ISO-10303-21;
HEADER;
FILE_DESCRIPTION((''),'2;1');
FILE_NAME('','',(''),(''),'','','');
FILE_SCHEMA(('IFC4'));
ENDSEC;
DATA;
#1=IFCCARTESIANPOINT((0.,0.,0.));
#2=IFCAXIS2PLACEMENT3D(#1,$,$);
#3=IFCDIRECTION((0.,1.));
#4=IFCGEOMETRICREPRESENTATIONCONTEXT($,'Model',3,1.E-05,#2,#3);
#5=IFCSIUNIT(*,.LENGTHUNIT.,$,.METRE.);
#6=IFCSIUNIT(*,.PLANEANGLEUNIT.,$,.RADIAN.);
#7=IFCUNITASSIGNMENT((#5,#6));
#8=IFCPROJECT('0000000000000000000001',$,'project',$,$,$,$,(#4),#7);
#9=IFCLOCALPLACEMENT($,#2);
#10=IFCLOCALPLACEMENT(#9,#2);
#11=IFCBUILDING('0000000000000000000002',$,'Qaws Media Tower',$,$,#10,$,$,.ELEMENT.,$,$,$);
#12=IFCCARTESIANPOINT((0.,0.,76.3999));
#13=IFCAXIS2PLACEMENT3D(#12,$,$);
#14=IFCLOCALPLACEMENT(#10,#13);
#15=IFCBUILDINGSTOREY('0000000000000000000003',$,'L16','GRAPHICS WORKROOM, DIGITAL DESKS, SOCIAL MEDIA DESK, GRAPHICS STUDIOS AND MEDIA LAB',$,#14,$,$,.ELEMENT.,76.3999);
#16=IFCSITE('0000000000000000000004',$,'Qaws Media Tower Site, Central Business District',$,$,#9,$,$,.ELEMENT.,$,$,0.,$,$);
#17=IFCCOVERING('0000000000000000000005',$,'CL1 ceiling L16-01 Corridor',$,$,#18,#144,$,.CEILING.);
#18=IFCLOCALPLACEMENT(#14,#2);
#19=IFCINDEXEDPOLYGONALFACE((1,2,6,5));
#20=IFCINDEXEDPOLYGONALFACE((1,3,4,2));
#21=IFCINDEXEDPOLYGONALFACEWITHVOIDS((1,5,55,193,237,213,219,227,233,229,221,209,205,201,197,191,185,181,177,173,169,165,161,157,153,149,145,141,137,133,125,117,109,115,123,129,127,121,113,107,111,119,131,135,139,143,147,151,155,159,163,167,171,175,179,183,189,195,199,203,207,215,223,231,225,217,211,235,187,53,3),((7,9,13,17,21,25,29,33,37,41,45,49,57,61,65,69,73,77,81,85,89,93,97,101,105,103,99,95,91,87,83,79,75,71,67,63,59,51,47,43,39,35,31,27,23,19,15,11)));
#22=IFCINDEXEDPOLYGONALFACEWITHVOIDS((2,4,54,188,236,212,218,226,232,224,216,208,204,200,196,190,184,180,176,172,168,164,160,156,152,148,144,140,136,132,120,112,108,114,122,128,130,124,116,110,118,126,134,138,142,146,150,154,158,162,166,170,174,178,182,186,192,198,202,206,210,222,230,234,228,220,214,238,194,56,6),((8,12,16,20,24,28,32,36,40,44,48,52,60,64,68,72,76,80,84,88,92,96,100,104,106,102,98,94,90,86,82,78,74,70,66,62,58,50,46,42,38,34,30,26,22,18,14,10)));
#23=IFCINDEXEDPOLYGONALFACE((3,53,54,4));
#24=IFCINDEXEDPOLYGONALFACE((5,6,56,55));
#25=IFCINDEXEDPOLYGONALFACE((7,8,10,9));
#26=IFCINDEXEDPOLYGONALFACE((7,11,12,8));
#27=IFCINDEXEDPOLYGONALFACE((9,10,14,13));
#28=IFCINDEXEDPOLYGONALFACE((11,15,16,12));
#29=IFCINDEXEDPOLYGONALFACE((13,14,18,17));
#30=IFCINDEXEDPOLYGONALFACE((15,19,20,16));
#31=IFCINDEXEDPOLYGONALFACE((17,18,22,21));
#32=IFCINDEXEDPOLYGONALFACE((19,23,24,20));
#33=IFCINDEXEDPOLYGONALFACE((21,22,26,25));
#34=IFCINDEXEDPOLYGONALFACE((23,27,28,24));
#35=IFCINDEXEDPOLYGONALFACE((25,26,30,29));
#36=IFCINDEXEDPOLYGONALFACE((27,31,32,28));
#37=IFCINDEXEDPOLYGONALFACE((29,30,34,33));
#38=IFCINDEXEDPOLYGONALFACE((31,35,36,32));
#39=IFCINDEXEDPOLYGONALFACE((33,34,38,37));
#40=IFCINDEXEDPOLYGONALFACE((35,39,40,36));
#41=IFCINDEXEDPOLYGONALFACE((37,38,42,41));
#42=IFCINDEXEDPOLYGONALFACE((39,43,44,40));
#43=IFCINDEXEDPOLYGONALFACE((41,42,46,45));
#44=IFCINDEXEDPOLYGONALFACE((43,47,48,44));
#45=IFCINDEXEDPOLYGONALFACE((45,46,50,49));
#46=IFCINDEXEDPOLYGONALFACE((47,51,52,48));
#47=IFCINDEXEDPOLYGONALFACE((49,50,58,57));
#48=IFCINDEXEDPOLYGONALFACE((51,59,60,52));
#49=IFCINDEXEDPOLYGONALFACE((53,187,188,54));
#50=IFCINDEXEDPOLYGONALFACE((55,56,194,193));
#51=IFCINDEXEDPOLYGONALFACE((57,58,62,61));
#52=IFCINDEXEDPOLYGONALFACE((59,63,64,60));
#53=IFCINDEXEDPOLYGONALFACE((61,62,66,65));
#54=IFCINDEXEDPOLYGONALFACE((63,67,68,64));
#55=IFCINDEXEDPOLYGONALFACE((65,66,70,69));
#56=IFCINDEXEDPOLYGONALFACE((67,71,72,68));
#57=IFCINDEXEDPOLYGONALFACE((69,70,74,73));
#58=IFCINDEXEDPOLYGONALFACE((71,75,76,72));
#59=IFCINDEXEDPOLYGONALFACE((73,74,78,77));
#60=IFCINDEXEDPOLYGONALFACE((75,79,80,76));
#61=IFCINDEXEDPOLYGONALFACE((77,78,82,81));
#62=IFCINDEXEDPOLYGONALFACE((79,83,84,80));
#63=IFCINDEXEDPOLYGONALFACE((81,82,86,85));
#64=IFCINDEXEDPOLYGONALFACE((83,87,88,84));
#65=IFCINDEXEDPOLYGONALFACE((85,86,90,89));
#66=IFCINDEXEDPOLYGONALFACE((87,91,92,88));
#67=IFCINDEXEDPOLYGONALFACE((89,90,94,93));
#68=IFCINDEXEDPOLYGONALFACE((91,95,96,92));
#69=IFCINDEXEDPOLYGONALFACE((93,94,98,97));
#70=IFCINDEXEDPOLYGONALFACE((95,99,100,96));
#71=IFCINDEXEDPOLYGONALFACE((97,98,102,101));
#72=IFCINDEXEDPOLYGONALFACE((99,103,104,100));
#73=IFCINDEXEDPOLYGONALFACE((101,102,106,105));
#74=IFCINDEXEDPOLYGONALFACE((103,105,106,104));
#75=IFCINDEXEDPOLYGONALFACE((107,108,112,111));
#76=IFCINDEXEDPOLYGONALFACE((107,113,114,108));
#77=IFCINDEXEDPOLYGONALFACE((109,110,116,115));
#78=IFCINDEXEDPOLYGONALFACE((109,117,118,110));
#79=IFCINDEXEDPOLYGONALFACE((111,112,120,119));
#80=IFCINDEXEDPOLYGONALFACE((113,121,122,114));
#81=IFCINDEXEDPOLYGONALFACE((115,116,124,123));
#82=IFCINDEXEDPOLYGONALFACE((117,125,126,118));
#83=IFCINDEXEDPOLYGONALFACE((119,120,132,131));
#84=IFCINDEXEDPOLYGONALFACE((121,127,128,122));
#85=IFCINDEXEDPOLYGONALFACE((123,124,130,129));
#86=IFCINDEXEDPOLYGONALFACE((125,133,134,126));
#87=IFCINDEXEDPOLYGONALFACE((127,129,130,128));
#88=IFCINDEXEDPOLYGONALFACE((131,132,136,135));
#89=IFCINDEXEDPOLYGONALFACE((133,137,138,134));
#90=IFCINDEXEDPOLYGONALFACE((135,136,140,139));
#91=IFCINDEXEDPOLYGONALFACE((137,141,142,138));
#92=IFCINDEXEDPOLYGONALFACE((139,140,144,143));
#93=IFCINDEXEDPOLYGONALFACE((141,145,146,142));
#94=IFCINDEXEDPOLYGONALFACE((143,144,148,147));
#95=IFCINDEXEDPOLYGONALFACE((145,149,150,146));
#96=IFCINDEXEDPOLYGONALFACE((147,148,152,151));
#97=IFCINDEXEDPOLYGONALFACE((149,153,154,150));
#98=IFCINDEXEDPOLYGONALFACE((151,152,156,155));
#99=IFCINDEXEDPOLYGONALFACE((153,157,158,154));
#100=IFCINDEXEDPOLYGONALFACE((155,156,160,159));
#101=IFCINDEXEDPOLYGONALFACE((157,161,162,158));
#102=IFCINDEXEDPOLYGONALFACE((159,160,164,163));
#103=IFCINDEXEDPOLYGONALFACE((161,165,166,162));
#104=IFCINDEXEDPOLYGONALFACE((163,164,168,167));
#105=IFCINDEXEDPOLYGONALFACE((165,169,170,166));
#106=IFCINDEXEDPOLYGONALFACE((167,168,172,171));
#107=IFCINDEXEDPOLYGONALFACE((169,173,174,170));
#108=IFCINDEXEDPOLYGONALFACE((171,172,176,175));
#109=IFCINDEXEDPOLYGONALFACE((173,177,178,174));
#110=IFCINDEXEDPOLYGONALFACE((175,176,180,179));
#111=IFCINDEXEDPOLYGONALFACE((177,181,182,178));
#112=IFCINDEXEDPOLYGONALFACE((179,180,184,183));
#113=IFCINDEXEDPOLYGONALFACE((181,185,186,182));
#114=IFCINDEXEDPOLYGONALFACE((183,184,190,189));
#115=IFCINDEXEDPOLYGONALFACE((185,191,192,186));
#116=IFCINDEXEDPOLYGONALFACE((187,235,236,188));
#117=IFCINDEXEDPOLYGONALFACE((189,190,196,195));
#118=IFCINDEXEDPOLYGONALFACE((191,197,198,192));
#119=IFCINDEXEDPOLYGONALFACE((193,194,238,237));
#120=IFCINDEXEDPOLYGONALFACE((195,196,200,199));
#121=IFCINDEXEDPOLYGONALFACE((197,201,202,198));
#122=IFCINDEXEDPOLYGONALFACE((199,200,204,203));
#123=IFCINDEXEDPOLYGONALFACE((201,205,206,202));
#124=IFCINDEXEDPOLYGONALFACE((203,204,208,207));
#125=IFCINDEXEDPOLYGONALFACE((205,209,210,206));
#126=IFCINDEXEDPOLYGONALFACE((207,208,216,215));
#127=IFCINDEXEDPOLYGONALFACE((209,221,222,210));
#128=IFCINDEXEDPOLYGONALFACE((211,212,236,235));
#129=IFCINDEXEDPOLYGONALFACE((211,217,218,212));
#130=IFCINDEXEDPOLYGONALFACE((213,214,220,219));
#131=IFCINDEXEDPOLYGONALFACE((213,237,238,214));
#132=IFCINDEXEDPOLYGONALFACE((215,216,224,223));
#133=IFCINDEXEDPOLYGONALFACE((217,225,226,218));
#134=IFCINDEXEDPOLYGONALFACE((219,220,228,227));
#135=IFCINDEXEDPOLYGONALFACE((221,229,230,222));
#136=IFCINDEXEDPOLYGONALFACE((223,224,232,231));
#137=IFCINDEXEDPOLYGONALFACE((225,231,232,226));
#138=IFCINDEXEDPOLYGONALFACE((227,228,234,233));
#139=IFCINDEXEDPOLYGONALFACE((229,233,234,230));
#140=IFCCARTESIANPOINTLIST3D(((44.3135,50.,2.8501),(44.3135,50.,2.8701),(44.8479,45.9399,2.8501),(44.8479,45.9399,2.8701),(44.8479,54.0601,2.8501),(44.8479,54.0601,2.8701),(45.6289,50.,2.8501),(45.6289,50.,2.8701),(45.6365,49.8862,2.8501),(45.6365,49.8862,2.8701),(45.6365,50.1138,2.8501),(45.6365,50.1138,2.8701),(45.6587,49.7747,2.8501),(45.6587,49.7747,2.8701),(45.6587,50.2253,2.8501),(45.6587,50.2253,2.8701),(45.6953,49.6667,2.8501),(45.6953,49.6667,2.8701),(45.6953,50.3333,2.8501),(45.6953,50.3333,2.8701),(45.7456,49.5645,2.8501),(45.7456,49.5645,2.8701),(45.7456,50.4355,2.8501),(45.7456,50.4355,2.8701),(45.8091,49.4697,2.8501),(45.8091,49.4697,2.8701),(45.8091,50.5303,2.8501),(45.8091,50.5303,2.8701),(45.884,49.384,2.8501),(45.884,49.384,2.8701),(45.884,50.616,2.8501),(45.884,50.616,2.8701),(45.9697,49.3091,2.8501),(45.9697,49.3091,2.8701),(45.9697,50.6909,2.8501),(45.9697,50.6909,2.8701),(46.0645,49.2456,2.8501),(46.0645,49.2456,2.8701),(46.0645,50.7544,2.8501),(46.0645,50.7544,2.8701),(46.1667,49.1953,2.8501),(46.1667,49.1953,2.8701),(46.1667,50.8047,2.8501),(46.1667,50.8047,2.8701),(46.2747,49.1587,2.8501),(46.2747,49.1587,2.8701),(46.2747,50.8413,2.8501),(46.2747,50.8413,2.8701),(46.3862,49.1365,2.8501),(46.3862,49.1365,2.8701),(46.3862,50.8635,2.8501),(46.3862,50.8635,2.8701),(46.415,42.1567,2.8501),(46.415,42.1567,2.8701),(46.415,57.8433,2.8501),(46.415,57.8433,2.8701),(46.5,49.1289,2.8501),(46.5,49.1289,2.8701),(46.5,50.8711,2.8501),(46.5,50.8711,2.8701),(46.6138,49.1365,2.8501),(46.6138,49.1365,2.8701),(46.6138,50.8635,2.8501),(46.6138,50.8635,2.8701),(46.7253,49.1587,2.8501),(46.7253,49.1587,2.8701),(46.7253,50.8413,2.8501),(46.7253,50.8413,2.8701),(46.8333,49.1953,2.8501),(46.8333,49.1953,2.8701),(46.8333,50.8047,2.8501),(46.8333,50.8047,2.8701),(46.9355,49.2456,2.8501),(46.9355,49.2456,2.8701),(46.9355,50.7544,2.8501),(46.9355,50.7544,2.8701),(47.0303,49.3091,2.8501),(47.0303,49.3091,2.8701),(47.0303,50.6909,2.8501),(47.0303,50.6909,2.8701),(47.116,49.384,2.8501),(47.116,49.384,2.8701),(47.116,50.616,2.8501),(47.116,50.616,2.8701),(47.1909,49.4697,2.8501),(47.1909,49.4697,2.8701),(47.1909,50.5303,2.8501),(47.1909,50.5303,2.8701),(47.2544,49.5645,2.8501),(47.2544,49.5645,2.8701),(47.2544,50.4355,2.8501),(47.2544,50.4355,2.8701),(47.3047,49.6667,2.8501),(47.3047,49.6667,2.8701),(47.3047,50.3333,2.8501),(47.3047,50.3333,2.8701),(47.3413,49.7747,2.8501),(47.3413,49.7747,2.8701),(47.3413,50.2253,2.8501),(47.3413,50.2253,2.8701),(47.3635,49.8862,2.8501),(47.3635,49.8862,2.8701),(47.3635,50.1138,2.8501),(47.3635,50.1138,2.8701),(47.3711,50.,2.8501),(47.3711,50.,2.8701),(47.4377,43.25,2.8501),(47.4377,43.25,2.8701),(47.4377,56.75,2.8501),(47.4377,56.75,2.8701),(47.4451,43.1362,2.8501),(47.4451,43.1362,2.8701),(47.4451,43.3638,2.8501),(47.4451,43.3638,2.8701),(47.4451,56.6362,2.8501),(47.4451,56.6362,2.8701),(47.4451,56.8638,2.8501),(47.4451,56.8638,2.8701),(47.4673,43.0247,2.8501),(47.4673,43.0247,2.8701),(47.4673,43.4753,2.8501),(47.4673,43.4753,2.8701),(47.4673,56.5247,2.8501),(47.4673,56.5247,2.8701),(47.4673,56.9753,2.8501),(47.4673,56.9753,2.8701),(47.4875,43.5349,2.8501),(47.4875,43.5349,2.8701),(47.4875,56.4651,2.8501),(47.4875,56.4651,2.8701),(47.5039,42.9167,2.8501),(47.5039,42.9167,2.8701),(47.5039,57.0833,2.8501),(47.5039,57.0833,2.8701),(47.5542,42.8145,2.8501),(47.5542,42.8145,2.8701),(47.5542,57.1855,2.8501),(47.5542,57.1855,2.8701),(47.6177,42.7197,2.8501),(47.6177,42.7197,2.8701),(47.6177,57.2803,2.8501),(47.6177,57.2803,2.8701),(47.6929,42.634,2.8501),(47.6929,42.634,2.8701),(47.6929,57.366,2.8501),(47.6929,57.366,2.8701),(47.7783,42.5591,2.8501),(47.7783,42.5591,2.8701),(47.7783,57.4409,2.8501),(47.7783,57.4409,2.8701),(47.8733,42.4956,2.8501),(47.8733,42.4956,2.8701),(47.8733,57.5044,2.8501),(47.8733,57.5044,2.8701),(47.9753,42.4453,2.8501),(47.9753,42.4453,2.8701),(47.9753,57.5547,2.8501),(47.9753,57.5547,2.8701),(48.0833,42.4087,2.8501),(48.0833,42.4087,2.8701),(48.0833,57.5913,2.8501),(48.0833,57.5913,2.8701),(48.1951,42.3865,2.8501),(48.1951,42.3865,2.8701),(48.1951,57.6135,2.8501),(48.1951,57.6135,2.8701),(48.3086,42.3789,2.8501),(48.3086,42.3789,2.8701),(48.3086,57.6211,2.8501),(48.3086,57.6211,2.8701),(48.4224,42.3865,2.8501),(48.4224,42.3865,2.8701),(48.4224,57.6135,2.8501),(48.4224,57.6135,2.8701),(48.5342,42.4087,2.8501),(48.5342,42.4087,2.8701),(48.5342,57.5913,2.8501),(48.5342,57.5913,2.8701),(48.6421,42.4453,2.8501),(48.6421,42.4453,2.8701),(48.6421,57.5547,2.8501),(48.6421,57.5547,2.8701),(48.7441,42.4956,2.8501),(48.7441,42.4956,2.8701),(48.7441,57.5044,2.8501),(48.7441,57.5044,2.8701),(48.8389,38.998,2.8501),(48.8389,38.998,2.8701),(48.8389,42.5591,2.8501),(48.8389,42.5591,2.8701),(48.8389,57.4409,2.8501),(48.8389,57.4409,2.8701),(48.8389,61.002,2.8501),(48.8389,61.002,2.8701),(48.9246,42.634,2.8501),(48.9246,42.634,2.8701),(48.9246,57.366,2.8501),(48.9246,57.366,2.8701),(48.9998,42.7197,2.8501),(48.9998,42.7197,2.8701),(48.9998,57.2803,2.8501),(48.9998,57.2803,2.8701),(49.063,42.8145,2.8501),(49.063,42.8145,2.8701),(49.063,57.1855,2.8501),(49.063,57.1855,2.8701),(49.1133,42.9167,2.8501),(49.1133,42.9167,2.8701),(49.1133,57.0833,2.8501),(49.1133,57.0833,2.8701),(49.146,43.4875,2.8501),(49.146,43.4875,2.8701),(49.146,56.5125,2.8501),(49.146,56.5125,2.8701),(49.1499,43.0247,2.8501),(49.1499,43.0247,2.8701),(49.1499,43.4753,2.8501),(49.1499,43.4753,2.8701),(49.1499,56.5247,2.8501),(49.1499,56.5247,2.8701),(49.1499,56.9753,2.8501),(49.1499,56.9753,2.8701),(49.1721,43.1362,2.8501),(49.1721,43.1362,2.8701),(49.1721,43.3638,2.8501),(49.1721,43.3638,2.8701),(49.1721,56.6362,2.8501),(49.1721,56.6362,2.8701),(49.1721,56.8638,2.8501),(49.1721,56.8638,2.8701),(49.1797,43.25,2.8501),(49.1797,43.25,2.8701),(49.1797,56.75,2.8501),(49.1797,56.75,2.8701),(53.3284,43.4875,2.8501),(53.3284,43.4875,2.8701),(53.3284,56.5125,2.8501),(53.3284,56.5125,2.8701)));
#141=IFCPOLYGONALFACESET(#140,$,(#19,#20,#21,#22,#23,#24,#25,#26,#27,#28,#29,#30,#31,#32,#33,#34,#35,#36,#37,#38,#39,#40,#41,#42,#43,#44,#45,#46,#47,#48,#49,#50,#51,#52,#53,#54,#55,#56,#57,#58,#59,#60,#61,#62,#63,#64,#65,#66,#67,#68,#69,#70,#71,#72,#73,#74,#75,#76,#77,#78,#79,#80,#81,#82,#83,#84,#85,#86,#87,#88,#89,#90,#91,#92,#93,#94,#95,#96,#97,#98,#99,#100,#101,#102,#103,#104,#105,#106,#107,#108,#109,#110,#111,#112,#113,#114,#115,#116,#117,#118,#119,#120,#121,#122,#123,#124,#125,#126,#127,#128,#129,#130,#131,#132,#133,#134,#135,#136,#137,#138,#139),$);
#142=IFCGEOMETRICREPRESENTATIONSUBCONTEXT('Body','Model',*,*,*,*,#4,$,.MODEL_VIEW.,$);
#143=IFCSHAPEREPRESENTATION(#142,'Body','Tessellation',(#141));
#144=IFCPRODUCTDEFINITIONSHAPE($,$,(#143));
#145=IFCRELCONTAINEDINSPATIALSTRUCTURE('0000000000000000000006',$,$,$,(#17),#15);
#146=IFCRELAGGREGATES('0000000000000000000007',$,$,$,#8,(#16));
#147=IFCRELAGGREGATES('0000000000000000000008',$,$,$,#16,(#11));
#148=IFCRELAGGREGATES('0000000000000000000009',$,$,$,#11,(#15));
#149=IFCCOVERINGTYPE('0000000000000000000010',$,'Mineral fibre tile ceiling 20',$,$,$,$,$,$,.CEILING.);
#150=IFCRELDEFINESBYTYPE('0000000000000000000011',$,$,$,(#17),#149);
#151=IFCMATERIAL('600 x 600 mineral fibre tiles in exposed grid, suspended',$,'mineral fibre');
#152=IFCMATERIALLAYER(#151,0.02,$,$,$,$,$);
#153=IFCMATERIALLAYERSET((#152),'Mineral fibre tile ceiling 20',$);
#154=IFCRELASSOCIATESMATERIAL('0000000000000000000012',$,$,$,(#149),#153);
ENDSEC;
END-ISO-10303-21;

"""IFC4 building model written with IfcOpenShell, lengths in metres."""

from ifc_helpers import new_model, si_unit, direction, frame, origin, place, context, subcontext, project, spatial, polyline, outline, extrude, material, layer, layer_set, type_object, element, save


model = new_model("IFC4")

# Units and contexts
model_context = context("Model", 3, precision=1e-05, world=origin(), true_north=direction((0.0, 1.0)))
body_context = subcontext(model_context, "Body", "Model", "MODEL_VIEW")
ifc_project = project(units=[si_unit("LENGTHUNIT", "METRE"), si_unit("PLANEANGLEUNIT", "RADIAN")], contexts=[model_context])

# Site, building, storey
site_placement = place(None, origin())
site = spatial("IfcSite", under=ifc_project, at=site_placement, Name="Qaws Media Tower Site, Central Business District", CompositionType="ELEMENT", RefElevation=0.0)
building_placement = place(site_placement, origin())
building = spatial("IfcBuilding", under=site, at=building_placement, Name="Qaws Media Tower", CompositionType="ELEMENT")
storey_placement = place(building_placement, frame((0.0, 0.0, 76.3999)))
storey = spatial("IfcBuildingStorey", under=building, at=storey_placement, Name="L16", Description="GRAPHICS WORKROOM, DIGITAL DESKS, SOCIAL MEDIA DESK, GRAPHICS STUDIOS AND MEDIA LAB", CompositionType="ELEMENT", Elevation=76.3999)

# Covering
ifc_material_1 = material(Name="600 x 600 mineral fibre tiles in exposed grid, suspended", Category="mineral fibre")
ifc_layer_1 = layer(ifc_material_1, 0.02)
ifc_layer_set_1 = layer_set([ifc_layer_1], Name="Mineral fibre tile ceiling 20")
covering_type_1 = type_object("IfcCoveringType", Name="Mineral fibre tile ceiling 20", PredefinedType="CEILING", material=ifc_layer_set_1)
covering_1_placement = place(storey_placement, frame((0.0, 0.0, 2.8501)))
element("IfcCovering", 1, at=covering_1_placement, inside=storey, type_object=covering_type_1, Name="CL1 ceiling L16-01 Corridor", PredefinedType="CEILING", context=body_context, shape_type="SweptSolid", body=[
    extrude(outline(polyline([(46.415, 42.1567), (44.8479, 45.9399), (44.3135, 50.0), (44.8479, 54.0601), (46.415, 57.8433), (48.8389, 61.002), (53.3284, 56.5125), (49.146, 56.5125), (49.1499, 56.5247), (49.1721, 56.6362), (49.1797, 56.75), (49.1721, 56.8638), (49.1499, 56.9753), (49.1133, 57.0833), (49.063, 57.1855), (48.9998, 57.2803), (48.9246, 57.366), (48.8389, 57.4409), (48.7441, 57.5044), (48.6421, 57.5547), (48.5342, 57.5913), (48.4224, 57.6135), (48.3086, 57.6211), (48.1951, 57.6135), (48.0833, 57.5913), (47.9753, 57.5547), (47.8733, 57.5044), (47.7783, 57.4409), (47.6929, 57.366), (47.6177, 57.2803), (47.5542, 57.1855), (47.5039, 57.0833), (47.4673, 56.9753), (47.4451, 56.8638), (47.4377, 56.75), (47.4451, 56.6362), (47.4673, 56.5247), (47.4875, 56.4651), (47.4875, 43.5349), (47.4673, 43.4753), (47.4451, 43.3638), (47.4377, 43.25), (47.4451, 43.1362), (47.4673, 43.0247), (47.5039, 42.9167), (47.5542, 42.8145), (47.6177, 42.7197), (47.6929, 42.634), (47.7783, 42.5591), (47.8733, 42.4956), (47.9753, 42.4453), (48.0833, 42.4087), (48.1951, 42.3865), (48.3086, 42.3789), (48.4224, 42.3865), (48.5342, 42.4087), (48.6421, 42.4453), (48.7441, 42.4956), (48.8389, 42.5591), (48.9246, 42.634), (48.9998, 42.7197), (49.063, 42.8145), (49.1133, 42.9167), (49.1499, 43.0247), (49.1721, 43.1362), (49.1797, 43.25), (49.1721, 43.3638), (49.1499, 43.4753), (49.146, 43.4875), (53.3284, 43.4875), (48.8389, 38.998), (46.415, 42.1567)]), holes=[polyline([(47.3047, 49.6667), (47.3413, 49.7747), (47.3635, 49.8862), (47.3711, 50.0), (47.3635, 50.1138), (47.3413, 50.2253), (47.3047, 50.3333), (47.2544, 50.4355), (47.1909, 50.5303), (47.116, 50.616), (47.0303, 50.6909), (46.9355, 50.7544), (46.8333, 50.8047), (46.7253, 50.8413), (46.6138, 50.8635), (46.5, 50.8711), (46.3862, 50.8635), (46.2747, 50.8413), (46.1667, 50.8047), (46.0645, 50.7544), (45.9697, 50.6909), (45.884, 50.616), (45.8091, 50.5303), (45.7456, 50.4355), (45.6953, 50.3333), (45.6587, 50.2253), (45.6365, 50.1138), (45.6289, 50.0), (45.6365, 49.8862), (45.6587, 49.7747), (45.6953, 49.6667), (45.7456, 49.5645), (45.8091, 49.4697), (45.884, 49.384), (45.9697, 49.3091), (46.0645, 49.2456), (46.1667, 49.1953), (46.2747, 49.1587), (46.3862, 49.1365), (46.5, 49.1289), (46.6138, 49.1365), (46.7253, 49.1587), (46.8333, 49.1953), (46.9355, 49.2456), (47.0303, 49.3091), (47.116, 49.384), (47.1909, 49.4697), (47.2544, 49.5645), (47.3047, 49.6667)])]), origin(), (0.0, 0.0, 1.0), 0.02),
])

save(model, "model.ifc")
